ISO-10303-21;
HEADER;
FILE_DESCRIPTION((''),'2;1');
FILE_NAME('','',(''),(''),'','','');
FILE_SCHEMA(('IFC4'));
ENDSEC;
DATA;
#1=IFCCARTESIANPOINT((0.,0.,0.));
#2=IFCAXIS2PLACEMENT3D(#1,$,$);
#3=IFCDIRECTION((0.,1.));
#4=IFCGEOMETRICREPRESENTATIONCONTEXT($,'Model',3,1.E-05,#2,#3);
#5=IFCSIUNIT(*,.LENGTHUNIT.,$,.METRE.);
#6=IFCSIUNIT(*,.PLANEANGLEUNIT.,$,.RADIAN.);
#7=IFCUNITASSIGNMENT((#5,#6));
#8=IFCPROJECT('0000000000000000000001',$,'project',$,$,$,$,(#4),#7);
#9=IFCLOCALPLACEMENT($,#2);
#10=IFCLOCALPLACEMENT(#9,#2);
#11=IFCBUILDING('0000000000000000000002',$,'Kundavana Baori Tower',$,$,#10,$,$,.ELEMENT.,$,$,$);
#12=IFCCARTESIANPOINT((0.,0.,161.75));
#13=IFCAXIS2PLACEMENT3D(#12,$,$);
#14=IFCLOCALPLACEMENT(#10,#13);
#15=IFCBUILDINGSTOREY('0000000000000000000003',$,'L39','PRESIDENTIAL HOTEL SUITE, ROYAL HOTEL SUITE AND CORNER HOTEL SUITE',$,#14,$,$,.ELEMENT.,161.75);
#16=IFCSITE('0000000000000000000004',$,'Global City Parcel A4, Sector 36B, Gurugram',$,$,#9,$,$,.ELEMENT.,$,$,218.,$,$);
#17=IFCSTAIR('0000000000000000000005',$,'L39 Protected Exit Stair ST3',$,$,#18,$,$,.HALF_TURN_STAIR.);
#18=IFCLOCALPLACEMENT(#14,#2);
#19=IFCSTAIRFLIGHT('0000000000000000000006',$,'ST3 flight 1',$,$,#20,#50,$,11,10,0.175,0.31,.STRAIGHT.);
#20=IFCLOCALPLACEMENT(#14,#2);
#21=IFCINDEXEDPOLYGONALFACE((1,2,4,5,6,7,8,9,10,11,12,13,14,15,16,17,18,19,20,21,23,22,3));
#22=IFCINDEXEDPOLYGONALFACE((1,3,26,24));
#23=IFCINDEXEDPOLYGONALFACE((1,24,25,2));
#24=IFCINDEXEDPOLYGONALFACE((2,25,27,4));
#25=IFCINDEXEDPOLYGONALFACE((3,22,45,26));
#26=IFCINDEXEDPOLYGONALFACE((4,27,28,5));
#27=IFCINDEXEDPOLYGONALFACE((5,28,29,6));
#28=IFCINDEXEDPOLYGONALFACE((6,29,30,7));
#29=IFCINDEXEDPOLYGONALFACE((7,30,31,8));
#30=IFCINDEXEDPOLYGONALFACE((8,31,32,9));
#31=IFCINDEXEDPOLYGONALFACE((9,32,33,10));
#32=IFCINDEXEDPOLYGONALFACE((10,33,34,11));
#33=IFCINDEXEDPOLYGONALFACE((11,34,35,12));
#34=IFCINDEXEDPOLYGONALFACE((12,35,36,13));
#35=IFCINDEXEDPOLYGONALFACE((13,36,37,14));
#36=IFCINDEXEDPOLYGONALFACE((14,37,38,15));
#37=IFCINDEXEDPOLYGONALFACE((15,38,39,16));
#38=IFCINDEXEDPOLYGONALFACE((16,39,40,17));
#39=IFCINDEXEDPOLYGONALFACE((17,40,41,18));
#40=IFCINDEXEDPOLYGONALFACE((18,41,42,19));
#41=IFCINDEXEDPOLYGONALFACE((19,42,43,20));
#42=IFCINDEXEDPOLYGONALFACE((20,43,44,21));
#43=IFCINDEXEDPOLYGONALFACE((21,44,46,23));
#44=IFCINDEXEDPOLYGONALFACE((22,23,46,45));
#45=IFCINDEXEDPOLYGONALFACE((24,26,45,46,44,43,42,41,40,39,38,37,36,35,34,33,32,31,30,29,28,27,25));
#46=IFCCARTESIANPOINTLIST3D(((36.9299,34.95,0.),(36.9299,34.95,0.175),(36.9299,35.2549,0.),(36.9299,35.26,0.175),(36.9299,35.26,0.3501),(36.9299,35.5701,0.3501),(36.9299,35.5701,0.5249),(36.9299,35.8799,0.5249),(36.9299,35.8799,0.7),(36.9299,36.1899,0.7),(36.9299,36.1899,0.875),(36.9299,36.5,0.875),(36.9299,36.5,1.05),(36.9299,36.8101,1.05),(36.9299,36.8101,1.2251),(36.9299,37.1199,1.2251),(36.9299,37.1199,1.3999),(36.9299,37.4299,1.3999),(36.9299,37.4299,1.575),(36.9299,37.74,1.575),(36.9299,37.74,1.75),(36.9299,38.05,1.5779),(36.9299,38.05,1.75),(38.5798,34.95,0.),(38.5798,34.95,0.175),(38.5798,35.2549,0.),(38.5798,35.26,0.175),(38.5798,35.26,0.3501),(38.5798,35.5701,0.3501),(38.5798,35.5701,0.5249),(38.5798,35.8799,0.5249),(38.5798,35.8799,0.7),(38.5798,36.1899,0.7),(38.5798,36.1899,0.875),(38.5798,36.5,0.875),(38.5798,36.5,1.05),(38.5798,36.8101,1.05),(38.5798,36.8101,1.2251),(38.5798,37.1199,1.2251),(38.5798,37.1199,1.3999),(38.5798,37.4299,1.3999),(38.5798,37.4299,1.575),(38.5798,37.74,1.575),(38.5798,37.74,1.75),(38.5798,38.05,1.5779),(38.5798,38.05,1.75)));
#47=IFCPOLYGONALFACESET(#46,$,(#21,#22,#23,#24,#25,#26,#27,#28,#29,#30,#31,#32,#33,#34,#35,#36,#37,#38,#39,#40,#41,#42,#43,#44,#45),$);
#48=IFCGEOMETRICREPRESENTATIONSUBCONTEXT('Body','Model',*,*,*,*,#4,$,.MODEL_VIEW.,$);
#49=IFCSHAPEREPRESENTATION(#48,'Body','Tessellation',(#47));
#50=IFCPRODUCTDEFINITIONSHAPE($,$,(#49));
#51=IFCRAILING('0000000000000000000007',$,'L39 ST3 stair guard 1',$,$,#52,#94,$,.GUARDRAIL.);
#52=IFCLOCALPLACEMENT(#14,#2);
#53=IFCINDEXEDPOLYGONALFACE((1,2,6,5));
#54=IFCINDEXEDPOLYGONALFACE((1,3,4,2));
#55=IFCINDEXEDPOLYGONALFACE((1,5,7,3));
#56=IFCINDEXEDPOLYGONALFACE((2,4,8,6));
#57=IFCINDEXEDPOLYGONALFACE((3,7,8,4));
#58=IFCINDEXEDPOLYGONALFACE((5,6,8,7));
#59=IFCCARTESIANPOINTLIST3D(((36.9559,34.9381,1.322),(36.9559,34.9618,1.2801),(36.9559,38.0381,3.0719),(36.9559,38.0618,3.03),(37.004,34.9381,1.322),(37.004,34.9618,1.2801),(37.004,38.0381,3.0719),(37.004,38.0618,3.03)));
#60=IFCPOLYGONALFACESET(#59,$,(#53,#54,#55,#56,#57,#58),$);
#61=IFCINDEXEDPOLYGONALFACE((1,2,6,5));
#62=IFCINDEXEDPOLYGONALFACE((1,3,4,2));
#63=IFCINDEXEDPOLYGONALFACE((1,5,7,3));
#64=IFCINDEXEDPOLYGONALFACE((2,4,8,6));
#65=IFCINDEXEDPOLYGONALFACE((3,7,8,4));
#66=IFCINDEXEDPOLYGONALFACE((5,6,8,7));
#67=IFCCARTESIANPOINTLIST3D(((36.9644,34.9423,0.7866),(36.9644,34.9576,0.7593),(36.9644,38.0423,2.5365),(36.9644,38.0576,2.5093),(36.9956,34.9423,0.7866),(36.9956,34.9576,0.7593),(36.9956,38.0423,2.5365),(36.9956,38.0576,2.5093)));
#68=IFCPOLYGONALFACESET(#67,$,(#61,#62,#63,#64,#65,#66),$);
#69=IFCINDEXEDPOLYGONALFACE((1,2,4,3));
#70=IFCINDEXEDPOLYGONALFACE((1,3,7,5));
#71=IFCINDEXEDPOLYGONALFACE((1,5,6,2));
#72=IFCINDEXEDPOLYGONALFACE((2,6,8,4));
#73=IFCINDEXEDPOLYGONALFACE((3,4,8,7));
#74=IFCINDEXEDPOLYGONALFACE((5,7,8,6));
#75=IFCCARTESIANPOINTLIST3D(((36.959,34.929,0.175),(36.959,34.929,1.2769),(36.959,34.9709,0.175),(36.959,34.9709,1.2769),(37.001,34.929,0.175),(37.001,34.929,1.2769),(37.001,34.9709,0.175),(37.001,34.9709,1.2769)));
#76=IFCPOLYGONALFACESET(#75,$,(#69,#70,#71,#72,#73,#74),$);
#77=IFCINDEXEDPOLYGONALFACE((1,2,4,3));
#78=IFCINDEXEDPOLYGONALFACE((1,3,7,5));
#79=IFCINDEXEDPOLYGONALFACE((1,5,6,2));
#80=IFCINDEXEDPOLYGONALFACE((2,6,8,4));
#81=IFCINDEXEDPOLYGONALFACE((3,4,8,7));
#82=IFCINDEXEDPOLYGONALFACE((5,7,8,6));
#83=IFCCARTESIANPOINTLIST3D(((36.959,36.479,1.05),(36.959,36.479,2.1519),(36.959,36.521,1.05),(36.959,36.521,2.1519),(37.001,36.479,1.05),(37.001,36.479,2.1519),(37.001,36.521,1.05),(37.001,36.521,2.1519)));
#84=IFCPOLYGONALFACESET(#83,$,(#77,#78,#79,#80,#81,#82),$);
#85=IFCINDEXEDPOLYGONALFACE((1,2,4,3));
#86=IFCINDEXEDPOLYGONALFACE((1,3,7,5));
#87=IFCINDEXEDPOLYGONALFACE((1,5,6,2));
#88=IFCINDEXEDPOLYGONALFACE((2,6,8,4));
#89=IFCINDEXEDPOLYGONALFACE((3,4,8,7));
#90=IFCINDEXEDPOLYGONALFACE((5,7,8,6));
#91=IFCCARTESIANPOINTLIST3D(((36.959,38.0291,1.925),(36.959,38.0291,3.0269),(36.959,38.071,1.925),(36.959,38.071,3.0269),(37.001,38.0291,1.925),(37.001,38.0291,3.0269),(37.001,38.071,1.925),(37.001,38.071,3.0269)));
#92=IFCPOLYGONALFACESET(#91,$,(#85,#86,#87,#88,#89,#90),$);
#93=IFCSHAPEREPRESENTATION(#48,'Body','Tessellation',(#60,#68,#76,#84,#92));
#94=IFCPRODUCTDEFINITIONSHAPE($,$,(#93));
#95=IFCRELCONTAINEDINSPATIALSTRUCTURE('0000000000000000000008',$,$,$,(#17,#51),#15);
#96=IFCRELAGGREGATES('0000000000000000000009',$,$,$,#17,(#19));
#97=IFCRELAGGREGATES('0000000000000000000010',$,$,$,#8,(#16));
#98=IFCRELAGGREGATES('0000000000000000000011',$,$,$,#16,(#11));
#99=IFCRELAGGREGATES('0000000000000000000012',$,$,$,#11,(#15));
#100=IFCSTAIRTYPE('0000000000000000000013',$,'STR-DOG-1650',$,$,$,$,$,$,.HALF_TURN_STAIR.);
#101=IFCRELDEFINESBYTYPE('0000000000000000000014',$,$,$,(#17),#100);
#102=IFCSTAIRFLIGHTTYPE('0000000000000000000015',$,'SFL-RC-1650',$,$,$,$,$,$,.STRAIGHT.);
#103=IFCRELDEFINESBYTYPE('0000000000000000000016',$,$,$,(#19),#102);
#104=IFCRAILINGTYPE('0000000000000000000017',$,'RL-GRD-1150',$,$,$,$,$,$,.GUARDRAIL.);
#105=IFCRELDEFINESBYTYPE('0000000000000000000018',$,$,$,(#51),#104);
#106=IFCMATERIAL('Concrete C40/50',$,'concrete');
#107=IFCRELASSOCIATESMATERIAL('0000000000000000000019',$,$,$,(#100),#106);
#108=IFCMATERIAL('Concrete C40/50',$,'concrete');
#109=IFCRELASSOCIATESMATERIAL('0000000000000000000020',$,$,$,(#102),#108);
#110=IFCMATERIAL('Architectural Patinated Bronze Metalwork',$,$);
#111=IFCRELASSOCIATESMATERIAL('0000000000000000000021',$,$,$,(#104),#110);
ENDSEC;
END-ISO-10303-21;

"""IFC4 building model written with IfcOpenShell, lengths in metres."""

from ifc_helpers import new_model, si_unit, direction, frame, origin, origin_2d, place, context, subcontext, project, spatial, polyline, rectangle, outline, extrude, material, type_object, element, aggregate, save


model = new_model("IFC4")

# Units and contexts
model_context = context("Model", 3, precision=1e-05, world=origin(), true_north=direction((0.0, 1.0)))
body_context = subcontext(model_context, "Body", "Model", "MODEL_VIEW")
ifc_project = project(units=[si_unit("LENGTHUNIT", "METRE"), si_unit("PLANEANGLEUNIT", "RADIAN")], contexts=[model_context])

# Site, building, storey
site_placement = place(None, origin())
site = spatial("IfcSite", under=ifc_project, at=site_placement, Name="Global City Parcel A4, Sector 36B, Gurugram", CompositionType="ELEMENT", RefElevation=218.0)
building_placement = place(site_placement, origin())
building = spatial("IfcBuilding", under=site, at=building_placement, Name="Kundavana Baori Tower", CompositionType="ELEMENT")
storey_placement = place(building_placement, frame((0.0, 0.0, 161.75)))
storey = spatial("IfcBuildingStorey", under=building, at=storey_placement, Name="L39", Description="PRESIDENTIAL HOTEL SUITE, ROYAL HOTEL SUITE AND CORNER HOTEL SUITE", CompositionType="ELEMENT", Elevation=161.75)

# Stair, stair flight
ifc_material_1 = material(Name="Concrete C40/50", Category="concrete")
stair_type = type_object("IfcStairType", Name="STR-DOG-1650", PredefinedType="HALF_TURN_STAIR", material=ifc_material_1)
stair_placement = place(storey_placement, origin())
stair = element("IfcStair", 1, at=stair_placement, inside=storey, type_object=stair_type, Name="L39 Protected Exit Stair ST3", PredefinedType="HALF_TURN_STAIR")
ifc_material_2 = material(Name="Concrete C40/50", Category="concrete")
stair_flight_type = type_object("IfcStairFlightType", Name="SFL-RC-1650", PredefinedType="STRAIGHT", material=ifc_material_2)
stair_flight_placement = place(storey_placement, frame((37.7549, 34.95, 0.0), z_axis=(0.0, 0.0, 1.0), x_axis=(0.0, 1.0, 0.0)))
stair_flight = element("IfcStairFlight", 2, at=stair_flight_placement, type_object=stair_flight_type, Name="ST3 flight 1", NumberOfRisers=11, NumberOfTreads=10, PredefinedType="STRAIGHT", RiserHeight=0.175, TreadLength=0.31, context=body_context, shape_type="SweptSolid", body=[
    extrude(outline(polyline([(0.0, 0.0), (0.0, 0.175), (0.3101, 0.175), (0.3101, 0.3501), (0.6201, 0.3501), (0.6201, 0.5249), (0.9299, 0.5249), (0.9299, 0.7), (1.24, 0.7), (1.24, 0.875), (1.55, 0.875), (1.55, 1.05), (1.8601, 1.05), (1.8601, 1.2251), (2.1699, 1.2251), (2.1699, 1.3999), (2.48, 1.3999), (2.48, 1.575), (2.79, 1.575), (2.79, 1.75), (3.1001, 1.75), (3.1001, 1.925), (3.1001, 1.5779), (0.3049, 0.0), (0.0, 0.0)])), frame((0.0, 0.825, 0.0), z_axis=(0.0, -1.0, 0.0), x_axis=(1.0, 0.0, 0.0)), (0.0, 0.0, 1.0), 1.6499),
])
aggregate(stair, [stair_flight])

# Railing
ifc_material_3 = material(Name="Architectural Patinated Bronze Metalwork")
railing_type = type_object("IfcRailingType", Name="RL-GRD-1150", PredefinedType="GUARDRAIL", material=ifc_material_3)
railing_placement = place(storey_placement, frame((36.98, 34.95, 0.175)))
element("IfcRailing", 3, at=railing_placement, inside=storey, type_object=railing_type, Name="L39 ST3 stair guard 1", PredefinedType="GUARDRAIL", context=body_context, shape_type="SweptSolid", body=[
    extrude(rectangle(XDim=0.0481, YDim=0.0481, at=origin_2d()), frame((0.0, 0.0, 1.126), z_axis=(0.0, 0.870831, 0.491583), x_axis=(-1.0, 0.0, 0.0)), (0.0, 0.0, 1.0), 3.5598),
    extrude(rectangle(XDim=0.0312, YDim=0.0312, at=origin_2d()), frame((0.0, 0.0, 0.5979), z_axis=(0.0, 0.870831, 0.491583), x_axis=(-1.0, 0.0, 0.0)), (0.0, 0.0, 1.0), 3.5598),
    extrude(rectangle(XDim=0.042, YDim=0.042, at=origin_2d()), origin(), (0.0, 0.0, 1.0), 1.1018),
    extrude(rectangle(XDim=0.042, YDim=0.042, at=origin_2d()), frame((0.0, 1.55, 0.875)), (0.0, 0.0, 1.0), 1.1018),
    extrude(rectangle(XDim=0.042, YDim=0.042, at=origin_2d()), frame((0.0, 3.1001, 1.75)), (0.0, 0.0, 1.0), 1.1018),
])

save(model, "model.ifc")
